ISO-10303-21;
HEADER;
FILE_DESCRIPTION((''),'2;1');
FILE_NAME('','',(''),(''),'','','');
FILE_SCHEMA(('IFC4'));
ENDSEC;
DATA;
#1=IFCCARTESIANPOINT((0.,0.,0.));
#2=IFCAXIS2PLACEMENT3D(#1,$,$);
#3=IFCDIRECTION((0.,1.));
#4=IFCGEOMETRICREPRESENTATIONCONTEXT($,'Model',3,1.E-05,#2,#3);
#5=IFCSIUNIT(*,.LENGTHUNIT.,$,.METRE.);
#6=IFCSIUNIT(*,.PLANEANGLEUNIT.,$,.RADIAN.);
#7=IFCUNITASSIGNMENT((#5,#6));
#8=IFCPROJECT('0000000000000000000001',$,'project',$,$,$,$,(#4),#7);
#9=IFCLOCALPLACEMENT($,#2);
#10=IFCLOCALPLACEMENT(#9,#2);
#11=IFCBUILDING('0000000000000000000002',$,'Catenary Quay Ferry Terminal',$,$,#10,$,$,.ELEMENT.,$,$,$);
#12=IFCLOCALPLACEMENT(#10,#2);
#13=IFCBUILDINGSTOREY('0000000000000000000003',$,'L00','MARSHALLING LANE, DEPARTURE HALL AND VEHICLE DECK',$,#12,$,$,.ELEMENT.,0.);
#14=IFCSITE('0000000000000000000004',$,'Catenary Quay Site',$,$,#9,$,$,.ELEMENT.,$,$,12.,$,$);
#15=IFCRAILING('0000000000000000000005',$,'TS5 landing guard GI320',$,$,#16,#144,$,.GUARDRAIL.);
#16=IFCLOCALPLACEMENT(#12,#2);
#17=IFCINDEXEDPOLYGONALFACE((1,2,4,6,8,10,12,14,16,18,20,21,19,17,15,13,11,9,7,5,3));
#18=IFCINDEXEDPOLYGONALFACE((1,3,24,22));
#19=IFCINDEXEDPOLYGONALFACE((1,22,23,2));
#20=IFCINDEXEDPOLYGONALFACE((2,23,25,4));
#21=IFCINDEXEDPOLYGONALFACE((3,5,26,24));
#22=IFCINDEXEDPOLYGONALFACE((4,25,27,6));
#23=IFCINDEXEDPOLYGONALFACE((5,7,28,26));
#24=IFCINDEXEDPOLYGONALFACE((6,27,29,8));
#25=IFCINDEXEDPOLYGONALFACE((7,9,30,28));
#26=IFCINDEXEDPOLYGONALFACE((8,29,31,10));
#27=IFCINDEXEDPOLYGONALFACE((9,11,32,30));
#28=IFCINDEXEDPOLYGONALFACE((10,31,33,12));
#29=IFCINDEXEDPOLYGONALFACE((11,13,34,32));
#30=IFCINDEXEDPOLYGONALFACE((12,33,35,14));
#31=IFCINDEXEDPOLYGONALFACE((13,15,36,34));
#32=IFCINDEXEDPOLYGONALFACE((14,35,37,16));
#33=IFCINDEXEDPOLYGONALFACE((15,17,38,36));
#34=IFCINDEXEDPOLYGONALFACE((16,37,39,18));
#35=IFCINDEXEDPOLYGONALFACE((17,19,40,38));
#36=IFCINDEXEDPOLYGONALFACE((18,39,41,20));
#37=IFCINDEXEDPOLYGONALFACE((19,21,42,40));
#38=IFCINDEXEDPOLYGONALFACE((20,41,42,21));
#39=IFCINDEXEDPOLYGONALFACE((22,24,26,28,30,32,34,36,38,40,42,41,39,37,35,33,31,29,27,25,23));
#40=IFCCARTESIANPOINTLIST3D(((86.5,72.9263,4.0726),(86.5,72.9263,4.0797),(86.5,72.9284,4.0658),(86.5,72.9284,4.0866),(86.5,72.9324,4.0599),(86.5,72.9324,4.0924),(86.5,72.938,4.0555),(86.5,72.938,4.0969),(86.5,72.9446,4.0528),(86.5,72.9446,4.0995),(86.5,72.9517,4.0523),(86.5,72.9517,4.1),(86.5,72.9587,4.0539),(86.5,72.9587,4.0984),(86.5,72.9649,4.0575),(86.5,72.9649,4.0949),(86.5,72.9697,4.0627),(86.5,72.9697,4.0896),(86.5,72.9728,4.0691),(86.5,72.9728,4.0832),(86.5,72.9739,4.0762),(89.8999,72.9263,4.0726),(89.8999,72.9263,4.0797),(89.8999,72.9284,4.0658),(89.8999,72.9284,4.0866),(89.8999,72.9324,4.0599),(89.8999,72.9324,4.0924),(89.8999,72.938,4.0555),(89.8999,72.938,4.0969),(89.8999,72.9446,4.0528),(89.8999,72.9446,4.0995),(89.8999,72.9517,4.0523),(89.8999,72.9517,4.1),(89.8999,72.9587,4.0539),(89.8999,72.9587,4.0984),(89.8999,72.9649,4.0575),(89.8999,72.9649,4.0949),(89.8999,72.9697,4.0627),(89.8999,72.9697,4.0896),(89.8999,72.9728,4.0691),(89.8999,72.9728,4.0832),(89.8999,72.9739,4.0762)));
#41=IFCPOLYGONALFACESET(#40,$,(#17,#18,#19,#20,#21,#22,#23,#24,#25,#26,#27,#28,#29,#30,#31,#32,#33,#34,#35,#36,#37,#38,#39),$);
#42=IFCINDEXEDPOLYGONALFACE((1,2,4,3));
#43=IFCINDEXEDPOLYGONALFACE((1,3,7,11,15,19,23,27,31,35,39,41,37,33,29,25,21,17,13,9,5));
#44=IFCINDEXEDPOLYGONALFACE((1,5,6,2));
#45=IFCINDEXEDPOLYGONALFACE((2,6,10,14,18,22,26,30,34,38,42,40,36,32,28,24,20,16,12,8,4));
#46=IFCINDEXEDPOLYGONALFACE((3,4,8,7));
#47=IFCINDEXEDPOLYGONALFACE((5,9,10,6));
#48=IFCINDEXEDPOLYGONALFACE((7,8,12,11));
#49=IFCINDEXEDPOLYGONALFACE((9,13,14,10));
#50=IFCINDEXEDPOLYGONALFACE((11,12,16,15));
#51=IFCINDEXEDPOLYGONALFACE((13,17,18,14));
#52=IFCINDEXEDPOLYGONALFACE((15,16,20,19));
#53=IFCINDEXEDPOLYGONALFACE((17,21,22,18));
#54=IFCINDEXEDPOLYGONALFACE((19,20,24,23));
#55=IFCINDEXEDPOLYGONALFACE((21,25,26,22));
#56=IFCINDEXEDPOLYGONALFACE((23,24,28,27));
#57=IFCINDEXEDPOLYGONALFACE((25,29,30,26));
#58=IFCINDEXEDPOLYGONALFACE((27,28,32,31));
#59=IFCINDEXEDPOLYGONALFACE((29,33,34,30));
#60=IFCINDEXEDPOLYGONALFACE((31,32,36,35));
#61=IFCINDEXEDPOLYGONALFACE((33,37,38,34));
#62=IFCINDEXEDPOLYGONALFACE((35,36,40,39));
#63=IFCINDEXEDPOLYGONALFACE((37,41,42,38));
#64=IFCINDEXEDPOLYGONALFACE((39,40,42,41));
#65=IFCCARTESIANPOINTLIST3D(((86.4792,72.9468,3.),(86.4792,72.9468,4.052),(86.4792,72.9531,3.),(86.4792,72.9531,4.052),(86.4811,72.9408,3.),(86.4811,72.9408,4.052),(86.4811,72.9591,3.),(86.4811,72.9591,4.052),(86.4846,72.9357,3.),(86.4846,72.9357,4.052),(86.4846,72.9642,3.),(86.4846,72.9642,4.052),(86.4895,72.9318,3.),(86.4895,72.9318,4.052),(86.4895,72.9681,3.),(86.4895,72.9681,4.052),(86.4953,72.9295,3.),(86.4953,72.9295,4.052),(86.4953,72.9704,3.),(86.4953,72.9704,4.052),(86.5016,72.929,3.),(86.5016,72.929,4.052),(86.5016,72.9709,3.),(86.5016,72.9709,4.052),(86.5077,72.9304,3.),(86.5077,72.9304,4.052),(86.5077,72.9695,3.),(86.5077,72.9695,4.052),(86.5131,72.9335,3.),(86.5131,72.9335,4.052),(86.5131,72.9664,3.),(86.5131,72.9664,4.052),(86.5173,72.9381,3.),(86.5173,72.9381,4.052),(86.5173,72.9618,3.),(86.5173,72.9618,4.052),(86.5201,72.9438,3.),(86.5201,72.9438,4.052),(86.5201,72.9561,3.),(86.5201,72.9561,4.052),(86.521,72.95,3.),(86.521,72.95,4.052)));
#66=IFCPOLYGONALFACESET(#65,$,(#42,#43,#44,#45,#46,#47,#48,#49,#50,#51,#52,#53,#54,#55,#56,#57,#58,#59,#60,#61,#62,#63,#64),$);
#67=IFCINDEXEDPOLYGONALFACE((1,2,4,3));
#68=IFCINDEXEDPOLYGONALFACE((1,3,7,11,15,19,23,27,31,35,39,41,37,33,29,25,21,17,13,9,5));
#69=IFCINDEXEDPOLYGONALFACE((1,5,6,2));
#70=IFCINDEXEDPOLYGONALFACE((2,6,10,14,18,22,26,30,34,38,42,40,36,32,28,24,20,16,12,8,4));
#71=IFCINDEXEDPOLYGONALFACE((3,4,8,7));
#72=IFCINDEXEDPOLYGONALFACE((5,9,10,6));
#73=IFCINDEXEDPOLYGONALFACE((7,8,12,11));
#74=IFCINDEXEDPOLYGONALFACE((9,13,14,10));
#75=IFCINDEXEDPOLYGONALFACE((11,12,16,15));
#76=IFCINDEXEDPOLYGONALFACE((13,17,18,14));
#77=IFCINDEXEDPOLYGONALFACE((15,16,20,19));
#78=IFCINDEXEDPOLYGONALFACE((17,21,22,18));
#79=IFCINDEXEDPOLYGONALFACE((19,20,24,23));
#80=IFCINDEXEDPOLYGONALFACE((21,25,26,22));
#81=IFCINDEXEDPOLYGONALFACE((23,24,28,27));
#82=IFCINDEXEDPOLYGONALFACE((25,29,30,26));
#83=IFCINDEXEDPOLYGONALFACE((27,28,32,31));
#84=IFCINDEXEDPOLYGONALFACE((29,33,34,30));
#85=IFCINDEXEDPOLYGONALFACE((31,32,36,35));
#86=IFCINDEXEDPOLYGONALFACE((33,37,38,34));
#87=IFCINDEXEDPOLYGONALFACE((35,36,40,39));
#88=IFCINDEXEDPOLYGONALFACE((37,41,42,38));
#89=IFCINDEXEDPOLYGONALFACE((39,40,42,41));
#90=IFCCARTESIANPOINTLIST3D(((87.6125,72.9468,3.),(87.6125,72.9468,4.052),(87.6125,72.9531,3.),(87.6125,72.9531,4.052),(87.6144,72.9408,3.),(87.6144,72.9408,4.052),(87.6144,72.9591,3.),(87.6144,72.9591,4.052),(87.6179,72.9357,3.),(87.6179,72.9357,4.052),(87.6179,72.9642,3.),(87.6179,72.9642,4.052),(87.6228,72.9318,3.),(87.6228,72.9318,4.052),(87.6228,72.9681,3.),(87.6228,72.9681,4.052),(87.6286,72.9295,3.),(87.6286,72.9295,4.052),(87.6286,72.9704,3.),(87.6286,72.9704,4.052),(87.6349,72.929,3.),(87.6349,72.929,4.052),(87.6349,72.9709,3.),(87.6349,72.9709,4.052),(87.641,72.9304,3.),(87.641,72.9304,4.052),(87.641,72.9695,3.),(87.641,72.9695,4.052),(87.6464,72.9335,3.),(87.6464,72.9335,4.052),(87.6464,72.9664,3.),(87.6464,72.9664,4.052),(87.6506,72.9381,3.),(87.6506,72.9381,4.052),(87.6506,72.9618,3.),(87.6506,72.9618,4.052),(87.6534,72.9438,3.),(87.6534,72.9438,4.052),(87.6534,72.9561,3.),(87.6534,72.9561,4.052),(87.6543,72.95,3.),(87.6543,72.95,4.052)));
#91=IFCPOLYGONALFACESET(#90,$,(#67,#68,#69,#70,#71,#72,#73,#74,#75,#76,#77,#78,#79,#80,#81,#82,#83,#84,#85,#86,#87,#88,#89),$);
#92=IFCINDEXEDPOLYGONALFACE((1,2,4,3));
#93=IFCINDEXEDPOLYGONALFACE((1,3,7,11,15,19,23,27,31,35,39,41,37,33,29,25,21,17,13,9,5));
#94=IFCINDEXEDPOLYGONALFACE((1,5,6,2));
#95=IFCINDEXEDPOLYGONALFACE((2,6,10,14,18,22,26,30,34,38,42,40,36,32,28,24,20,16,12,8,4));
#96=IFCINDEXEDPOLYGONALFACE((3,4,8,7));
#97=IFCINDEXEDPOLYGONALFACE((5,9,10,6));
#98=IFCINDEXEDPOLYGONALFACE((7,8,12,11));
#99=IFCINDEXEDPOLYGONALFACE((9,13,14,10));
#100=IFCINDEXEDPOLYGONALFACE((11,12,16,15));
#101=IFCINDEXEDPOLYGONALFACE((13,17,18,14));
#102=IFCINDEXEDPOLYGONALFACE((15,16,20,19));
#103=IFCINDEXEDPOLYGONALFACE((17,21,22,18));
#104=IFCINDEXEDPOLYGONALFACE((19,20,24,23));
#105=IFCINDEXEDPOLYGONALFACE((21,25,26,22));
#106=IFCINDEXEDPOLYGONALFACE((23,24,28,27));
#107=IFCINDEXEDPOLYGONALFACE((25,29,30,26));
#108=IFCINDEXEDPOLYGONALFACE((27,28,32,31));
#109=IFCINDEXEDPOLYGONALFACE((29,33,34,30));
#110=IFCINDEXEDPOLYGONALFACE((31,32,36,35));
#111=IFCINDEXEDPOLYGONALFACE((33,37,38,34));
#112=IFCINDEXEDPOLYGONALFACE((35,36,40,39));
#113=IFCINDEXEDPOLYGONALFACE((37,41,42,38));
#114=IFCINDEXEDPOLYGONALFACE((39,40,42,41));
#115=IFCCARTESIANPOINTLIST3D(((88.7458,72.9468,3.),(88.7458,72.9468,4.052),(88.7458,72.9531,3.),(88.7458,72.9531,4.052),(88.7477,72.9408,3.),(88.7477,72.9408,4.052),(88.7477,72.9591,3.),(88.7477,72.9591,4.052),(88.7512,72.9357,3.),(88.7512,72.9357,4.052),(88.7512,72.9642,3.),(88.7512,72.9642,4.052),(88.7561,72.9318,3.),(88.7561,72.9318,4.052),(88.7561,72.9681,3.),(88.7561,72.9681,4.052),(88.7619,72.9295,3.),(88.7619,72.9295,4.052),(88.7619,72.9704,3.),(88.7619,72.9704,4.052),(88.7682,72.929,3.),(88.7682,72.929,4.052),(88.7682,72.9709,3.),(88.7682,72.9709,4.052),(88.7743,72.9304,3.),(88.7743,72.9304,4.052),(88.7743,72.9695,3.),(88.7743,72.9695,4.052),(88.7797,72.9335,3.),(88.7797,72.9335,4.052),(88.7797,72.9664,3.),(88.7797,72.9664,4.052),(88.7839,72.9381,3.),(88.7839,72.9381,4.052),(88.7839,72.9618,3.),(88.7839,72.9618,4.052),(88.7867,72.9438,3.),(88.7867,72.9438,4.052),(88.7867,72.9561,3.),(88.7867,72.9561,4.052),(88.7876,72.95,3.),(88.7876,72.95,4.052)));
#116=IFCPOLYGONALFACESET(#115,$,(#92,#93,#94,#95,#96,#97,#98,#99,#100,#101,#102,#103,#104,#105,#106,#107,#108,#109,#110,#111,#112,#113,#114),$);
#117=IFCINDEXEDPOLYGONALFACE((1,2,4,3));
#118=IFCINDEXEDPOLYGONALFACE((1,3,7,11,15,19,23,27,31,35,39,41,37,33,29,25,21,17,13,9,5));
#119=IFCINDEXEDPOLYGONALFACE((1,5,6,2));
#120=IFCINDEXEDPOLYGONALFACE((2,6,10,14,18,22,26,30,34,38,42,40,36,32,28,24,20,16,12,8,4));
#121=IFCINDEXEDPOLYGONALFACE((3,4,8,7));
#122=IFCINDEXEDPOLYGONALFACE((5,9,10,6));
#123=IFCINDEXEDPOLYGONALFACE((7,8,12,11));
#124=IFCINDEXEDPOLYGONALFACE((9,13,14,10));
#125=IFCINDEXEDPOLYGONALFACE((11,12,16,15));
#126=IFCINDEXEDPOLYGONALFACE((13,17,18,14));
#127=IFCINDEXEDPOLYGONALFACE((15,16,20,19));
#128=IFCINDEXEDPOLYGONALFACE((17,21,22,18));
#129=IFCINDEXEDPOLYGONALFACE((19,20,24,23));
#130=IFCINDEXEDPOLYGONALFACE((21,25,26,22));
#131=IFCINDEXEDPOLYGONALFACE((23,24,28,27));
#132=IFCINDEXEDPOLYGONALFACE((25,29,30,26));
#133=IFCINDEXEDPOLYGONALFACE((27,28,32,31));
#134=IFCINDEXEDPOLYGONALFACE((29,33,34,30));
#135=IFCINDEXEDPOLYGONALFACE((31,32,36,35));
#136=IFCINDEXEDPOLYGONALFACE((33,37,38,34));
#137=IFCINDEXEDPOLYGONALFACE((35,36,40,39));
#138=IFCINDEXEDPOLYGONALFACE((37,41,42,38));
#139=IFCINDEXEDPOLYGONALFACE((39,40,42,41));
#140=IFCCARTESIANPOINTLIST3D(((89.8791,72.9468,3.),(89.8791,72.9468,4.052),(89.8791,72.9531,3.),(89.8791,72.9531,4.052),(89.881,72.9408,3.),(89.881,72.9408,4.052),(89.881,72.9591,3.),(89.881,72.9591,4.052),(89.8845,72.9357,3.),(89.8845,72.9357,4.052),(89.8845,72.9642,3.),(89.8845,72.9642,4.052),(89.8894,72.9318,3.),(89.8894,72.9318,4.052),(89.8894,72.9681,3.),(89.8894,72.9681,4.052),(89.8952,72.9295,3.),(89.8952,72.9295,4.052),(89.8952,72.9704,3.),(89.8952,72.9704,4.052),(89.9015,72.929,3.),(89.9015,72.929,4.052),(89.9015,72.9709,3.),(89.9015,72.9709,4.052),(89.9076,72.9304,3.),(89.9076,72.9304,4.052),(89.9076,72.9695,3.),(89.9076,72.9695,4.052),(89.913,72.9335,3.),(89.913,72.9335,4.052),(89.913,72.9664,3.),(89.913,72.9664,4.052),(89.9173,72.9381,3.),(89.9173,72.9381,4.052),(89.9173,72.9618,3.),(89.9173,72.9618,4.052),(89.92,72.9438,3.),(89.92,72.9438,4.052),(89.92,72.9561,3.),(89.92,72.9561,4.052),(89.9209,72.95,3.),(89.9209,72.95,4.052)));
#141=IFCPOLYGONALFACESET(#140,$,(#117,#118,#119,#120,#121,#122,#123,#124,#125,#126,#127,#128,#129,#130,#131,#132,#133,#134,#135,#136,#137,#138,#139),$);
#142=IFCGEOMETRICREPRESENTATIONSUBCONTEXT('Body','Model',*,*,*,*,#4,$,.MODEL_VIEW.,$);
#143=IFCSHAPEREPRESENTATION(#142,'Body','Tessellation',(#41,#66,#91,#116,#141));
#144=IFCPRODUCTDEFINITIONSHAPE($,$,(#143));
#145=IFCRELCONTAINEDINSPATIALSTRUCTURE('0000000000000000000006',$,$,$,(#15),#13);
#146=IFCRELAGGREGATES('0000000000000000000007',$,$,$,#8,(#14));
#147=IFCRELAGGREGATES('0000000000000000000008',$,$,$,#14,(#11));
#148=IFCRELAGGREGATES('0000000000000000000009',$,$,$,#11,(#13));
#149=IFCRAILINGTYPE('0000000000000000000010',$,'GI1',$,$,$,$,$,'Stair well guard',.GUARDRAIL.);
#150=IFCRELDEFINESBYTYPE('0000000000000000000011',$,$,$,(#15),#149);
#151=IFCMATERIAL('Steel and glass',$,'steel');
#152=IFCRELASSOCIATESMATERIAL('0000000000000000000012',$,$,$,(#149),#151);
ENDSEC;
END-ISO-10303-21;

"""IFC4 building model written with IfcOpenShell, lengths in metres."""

from ifc_helpers import new_model, si_unit, direction, frame, origin, origin_2d, place, context, subcontext, project, spatial, circle, extrude, material, type_object, element, save


model = new_model("IFC4")

# Units and contexts
model_context = context("Model", 3, precision=1e-05, world=origin(), true_north=direction((0.0, 1.0)))
body_context = subcontext(model_context, "Body", "Model", "MODEL_VIEW")
ifc_project = project(units=[si_unit("LENGTHUNIT", "METRE"), si_unit("PLANEANGLEUNIT", "RADIAN")], contexts=[model_context])

# Site, building, storey
site_placement = place(None, origin())
site = spatial("IfcSite", under=ifc_project, at=site_placement, Name="Catenary Quay Site", CompositionType="ELEMENT", RefElevation=12.0)
building_placement = place(site_placement, origin())
building = spatial("IfcBuilding", under=site, at=building_placement, Name="Catenary Quay Ferry Terminal", CompositionType="ELEMENT")
storey_placement = place(building_placement, origin())
storey = spatial("IfcBuildingStorey", under=building, at=storey_placement, Name="L00", Description="MARSHALLING LANE, DEPARTURE HALL AND VEHICLE DECK", CompositionType="ELEMENT", Elevation=0.0)

# Railing
ifc_material_1 = material(Name="Steel and glass", Category="steel")
railing_type_1 = type_object("IfcRailingType", Name="GI1", ElementType="Stair well guard", PredefinedType="GUARDRAIL", material=ifc_material_1)
railing_1_placement = place(storey_placement, frame((86.5, 72.95, 3.0)))
element("IfcRailing", 1, at=railing_1_placement, inside=storey, type_object=railing_type_1, Name="TS5 landing guard GI320", PredefinedType="GUARDRAIL", context=body_context, shape_type="SweptSolid", body=[
    extrude(circle(Radius=0.0239, at=origin_2d()), frame((0.0, 0.0, 1.0762), z_axis=(1.0, 0.0, 0.0), x_axis=(0.0, 1.0, 0.0)), (0.0, 0.0, 1.0), 3.3999),
    extrude(circle(Radius=0.021, at=origin_2d()), origin(), (0.0, 0.0, 1.0), 1.052),
    extrude(circle(Radius=0.021, at=origin_2d()), frame((1.1333, 0.0, 0.0)), (0.0, 0.0, 1.0), 1.052),
    extrude(circle(Radius=0.021, at=origin_2d()), frame((2.2666, 0.0, 0.0)), (0.0, 0.0, 1.0), 1.052),
    extrude(circle(Radius=0.021, at=origin_2d()), frame((3.3999, 0.0, 0.0)), (0.0, 0.0, 1.0), 1.052),
])

save(model, "model.ifc")
